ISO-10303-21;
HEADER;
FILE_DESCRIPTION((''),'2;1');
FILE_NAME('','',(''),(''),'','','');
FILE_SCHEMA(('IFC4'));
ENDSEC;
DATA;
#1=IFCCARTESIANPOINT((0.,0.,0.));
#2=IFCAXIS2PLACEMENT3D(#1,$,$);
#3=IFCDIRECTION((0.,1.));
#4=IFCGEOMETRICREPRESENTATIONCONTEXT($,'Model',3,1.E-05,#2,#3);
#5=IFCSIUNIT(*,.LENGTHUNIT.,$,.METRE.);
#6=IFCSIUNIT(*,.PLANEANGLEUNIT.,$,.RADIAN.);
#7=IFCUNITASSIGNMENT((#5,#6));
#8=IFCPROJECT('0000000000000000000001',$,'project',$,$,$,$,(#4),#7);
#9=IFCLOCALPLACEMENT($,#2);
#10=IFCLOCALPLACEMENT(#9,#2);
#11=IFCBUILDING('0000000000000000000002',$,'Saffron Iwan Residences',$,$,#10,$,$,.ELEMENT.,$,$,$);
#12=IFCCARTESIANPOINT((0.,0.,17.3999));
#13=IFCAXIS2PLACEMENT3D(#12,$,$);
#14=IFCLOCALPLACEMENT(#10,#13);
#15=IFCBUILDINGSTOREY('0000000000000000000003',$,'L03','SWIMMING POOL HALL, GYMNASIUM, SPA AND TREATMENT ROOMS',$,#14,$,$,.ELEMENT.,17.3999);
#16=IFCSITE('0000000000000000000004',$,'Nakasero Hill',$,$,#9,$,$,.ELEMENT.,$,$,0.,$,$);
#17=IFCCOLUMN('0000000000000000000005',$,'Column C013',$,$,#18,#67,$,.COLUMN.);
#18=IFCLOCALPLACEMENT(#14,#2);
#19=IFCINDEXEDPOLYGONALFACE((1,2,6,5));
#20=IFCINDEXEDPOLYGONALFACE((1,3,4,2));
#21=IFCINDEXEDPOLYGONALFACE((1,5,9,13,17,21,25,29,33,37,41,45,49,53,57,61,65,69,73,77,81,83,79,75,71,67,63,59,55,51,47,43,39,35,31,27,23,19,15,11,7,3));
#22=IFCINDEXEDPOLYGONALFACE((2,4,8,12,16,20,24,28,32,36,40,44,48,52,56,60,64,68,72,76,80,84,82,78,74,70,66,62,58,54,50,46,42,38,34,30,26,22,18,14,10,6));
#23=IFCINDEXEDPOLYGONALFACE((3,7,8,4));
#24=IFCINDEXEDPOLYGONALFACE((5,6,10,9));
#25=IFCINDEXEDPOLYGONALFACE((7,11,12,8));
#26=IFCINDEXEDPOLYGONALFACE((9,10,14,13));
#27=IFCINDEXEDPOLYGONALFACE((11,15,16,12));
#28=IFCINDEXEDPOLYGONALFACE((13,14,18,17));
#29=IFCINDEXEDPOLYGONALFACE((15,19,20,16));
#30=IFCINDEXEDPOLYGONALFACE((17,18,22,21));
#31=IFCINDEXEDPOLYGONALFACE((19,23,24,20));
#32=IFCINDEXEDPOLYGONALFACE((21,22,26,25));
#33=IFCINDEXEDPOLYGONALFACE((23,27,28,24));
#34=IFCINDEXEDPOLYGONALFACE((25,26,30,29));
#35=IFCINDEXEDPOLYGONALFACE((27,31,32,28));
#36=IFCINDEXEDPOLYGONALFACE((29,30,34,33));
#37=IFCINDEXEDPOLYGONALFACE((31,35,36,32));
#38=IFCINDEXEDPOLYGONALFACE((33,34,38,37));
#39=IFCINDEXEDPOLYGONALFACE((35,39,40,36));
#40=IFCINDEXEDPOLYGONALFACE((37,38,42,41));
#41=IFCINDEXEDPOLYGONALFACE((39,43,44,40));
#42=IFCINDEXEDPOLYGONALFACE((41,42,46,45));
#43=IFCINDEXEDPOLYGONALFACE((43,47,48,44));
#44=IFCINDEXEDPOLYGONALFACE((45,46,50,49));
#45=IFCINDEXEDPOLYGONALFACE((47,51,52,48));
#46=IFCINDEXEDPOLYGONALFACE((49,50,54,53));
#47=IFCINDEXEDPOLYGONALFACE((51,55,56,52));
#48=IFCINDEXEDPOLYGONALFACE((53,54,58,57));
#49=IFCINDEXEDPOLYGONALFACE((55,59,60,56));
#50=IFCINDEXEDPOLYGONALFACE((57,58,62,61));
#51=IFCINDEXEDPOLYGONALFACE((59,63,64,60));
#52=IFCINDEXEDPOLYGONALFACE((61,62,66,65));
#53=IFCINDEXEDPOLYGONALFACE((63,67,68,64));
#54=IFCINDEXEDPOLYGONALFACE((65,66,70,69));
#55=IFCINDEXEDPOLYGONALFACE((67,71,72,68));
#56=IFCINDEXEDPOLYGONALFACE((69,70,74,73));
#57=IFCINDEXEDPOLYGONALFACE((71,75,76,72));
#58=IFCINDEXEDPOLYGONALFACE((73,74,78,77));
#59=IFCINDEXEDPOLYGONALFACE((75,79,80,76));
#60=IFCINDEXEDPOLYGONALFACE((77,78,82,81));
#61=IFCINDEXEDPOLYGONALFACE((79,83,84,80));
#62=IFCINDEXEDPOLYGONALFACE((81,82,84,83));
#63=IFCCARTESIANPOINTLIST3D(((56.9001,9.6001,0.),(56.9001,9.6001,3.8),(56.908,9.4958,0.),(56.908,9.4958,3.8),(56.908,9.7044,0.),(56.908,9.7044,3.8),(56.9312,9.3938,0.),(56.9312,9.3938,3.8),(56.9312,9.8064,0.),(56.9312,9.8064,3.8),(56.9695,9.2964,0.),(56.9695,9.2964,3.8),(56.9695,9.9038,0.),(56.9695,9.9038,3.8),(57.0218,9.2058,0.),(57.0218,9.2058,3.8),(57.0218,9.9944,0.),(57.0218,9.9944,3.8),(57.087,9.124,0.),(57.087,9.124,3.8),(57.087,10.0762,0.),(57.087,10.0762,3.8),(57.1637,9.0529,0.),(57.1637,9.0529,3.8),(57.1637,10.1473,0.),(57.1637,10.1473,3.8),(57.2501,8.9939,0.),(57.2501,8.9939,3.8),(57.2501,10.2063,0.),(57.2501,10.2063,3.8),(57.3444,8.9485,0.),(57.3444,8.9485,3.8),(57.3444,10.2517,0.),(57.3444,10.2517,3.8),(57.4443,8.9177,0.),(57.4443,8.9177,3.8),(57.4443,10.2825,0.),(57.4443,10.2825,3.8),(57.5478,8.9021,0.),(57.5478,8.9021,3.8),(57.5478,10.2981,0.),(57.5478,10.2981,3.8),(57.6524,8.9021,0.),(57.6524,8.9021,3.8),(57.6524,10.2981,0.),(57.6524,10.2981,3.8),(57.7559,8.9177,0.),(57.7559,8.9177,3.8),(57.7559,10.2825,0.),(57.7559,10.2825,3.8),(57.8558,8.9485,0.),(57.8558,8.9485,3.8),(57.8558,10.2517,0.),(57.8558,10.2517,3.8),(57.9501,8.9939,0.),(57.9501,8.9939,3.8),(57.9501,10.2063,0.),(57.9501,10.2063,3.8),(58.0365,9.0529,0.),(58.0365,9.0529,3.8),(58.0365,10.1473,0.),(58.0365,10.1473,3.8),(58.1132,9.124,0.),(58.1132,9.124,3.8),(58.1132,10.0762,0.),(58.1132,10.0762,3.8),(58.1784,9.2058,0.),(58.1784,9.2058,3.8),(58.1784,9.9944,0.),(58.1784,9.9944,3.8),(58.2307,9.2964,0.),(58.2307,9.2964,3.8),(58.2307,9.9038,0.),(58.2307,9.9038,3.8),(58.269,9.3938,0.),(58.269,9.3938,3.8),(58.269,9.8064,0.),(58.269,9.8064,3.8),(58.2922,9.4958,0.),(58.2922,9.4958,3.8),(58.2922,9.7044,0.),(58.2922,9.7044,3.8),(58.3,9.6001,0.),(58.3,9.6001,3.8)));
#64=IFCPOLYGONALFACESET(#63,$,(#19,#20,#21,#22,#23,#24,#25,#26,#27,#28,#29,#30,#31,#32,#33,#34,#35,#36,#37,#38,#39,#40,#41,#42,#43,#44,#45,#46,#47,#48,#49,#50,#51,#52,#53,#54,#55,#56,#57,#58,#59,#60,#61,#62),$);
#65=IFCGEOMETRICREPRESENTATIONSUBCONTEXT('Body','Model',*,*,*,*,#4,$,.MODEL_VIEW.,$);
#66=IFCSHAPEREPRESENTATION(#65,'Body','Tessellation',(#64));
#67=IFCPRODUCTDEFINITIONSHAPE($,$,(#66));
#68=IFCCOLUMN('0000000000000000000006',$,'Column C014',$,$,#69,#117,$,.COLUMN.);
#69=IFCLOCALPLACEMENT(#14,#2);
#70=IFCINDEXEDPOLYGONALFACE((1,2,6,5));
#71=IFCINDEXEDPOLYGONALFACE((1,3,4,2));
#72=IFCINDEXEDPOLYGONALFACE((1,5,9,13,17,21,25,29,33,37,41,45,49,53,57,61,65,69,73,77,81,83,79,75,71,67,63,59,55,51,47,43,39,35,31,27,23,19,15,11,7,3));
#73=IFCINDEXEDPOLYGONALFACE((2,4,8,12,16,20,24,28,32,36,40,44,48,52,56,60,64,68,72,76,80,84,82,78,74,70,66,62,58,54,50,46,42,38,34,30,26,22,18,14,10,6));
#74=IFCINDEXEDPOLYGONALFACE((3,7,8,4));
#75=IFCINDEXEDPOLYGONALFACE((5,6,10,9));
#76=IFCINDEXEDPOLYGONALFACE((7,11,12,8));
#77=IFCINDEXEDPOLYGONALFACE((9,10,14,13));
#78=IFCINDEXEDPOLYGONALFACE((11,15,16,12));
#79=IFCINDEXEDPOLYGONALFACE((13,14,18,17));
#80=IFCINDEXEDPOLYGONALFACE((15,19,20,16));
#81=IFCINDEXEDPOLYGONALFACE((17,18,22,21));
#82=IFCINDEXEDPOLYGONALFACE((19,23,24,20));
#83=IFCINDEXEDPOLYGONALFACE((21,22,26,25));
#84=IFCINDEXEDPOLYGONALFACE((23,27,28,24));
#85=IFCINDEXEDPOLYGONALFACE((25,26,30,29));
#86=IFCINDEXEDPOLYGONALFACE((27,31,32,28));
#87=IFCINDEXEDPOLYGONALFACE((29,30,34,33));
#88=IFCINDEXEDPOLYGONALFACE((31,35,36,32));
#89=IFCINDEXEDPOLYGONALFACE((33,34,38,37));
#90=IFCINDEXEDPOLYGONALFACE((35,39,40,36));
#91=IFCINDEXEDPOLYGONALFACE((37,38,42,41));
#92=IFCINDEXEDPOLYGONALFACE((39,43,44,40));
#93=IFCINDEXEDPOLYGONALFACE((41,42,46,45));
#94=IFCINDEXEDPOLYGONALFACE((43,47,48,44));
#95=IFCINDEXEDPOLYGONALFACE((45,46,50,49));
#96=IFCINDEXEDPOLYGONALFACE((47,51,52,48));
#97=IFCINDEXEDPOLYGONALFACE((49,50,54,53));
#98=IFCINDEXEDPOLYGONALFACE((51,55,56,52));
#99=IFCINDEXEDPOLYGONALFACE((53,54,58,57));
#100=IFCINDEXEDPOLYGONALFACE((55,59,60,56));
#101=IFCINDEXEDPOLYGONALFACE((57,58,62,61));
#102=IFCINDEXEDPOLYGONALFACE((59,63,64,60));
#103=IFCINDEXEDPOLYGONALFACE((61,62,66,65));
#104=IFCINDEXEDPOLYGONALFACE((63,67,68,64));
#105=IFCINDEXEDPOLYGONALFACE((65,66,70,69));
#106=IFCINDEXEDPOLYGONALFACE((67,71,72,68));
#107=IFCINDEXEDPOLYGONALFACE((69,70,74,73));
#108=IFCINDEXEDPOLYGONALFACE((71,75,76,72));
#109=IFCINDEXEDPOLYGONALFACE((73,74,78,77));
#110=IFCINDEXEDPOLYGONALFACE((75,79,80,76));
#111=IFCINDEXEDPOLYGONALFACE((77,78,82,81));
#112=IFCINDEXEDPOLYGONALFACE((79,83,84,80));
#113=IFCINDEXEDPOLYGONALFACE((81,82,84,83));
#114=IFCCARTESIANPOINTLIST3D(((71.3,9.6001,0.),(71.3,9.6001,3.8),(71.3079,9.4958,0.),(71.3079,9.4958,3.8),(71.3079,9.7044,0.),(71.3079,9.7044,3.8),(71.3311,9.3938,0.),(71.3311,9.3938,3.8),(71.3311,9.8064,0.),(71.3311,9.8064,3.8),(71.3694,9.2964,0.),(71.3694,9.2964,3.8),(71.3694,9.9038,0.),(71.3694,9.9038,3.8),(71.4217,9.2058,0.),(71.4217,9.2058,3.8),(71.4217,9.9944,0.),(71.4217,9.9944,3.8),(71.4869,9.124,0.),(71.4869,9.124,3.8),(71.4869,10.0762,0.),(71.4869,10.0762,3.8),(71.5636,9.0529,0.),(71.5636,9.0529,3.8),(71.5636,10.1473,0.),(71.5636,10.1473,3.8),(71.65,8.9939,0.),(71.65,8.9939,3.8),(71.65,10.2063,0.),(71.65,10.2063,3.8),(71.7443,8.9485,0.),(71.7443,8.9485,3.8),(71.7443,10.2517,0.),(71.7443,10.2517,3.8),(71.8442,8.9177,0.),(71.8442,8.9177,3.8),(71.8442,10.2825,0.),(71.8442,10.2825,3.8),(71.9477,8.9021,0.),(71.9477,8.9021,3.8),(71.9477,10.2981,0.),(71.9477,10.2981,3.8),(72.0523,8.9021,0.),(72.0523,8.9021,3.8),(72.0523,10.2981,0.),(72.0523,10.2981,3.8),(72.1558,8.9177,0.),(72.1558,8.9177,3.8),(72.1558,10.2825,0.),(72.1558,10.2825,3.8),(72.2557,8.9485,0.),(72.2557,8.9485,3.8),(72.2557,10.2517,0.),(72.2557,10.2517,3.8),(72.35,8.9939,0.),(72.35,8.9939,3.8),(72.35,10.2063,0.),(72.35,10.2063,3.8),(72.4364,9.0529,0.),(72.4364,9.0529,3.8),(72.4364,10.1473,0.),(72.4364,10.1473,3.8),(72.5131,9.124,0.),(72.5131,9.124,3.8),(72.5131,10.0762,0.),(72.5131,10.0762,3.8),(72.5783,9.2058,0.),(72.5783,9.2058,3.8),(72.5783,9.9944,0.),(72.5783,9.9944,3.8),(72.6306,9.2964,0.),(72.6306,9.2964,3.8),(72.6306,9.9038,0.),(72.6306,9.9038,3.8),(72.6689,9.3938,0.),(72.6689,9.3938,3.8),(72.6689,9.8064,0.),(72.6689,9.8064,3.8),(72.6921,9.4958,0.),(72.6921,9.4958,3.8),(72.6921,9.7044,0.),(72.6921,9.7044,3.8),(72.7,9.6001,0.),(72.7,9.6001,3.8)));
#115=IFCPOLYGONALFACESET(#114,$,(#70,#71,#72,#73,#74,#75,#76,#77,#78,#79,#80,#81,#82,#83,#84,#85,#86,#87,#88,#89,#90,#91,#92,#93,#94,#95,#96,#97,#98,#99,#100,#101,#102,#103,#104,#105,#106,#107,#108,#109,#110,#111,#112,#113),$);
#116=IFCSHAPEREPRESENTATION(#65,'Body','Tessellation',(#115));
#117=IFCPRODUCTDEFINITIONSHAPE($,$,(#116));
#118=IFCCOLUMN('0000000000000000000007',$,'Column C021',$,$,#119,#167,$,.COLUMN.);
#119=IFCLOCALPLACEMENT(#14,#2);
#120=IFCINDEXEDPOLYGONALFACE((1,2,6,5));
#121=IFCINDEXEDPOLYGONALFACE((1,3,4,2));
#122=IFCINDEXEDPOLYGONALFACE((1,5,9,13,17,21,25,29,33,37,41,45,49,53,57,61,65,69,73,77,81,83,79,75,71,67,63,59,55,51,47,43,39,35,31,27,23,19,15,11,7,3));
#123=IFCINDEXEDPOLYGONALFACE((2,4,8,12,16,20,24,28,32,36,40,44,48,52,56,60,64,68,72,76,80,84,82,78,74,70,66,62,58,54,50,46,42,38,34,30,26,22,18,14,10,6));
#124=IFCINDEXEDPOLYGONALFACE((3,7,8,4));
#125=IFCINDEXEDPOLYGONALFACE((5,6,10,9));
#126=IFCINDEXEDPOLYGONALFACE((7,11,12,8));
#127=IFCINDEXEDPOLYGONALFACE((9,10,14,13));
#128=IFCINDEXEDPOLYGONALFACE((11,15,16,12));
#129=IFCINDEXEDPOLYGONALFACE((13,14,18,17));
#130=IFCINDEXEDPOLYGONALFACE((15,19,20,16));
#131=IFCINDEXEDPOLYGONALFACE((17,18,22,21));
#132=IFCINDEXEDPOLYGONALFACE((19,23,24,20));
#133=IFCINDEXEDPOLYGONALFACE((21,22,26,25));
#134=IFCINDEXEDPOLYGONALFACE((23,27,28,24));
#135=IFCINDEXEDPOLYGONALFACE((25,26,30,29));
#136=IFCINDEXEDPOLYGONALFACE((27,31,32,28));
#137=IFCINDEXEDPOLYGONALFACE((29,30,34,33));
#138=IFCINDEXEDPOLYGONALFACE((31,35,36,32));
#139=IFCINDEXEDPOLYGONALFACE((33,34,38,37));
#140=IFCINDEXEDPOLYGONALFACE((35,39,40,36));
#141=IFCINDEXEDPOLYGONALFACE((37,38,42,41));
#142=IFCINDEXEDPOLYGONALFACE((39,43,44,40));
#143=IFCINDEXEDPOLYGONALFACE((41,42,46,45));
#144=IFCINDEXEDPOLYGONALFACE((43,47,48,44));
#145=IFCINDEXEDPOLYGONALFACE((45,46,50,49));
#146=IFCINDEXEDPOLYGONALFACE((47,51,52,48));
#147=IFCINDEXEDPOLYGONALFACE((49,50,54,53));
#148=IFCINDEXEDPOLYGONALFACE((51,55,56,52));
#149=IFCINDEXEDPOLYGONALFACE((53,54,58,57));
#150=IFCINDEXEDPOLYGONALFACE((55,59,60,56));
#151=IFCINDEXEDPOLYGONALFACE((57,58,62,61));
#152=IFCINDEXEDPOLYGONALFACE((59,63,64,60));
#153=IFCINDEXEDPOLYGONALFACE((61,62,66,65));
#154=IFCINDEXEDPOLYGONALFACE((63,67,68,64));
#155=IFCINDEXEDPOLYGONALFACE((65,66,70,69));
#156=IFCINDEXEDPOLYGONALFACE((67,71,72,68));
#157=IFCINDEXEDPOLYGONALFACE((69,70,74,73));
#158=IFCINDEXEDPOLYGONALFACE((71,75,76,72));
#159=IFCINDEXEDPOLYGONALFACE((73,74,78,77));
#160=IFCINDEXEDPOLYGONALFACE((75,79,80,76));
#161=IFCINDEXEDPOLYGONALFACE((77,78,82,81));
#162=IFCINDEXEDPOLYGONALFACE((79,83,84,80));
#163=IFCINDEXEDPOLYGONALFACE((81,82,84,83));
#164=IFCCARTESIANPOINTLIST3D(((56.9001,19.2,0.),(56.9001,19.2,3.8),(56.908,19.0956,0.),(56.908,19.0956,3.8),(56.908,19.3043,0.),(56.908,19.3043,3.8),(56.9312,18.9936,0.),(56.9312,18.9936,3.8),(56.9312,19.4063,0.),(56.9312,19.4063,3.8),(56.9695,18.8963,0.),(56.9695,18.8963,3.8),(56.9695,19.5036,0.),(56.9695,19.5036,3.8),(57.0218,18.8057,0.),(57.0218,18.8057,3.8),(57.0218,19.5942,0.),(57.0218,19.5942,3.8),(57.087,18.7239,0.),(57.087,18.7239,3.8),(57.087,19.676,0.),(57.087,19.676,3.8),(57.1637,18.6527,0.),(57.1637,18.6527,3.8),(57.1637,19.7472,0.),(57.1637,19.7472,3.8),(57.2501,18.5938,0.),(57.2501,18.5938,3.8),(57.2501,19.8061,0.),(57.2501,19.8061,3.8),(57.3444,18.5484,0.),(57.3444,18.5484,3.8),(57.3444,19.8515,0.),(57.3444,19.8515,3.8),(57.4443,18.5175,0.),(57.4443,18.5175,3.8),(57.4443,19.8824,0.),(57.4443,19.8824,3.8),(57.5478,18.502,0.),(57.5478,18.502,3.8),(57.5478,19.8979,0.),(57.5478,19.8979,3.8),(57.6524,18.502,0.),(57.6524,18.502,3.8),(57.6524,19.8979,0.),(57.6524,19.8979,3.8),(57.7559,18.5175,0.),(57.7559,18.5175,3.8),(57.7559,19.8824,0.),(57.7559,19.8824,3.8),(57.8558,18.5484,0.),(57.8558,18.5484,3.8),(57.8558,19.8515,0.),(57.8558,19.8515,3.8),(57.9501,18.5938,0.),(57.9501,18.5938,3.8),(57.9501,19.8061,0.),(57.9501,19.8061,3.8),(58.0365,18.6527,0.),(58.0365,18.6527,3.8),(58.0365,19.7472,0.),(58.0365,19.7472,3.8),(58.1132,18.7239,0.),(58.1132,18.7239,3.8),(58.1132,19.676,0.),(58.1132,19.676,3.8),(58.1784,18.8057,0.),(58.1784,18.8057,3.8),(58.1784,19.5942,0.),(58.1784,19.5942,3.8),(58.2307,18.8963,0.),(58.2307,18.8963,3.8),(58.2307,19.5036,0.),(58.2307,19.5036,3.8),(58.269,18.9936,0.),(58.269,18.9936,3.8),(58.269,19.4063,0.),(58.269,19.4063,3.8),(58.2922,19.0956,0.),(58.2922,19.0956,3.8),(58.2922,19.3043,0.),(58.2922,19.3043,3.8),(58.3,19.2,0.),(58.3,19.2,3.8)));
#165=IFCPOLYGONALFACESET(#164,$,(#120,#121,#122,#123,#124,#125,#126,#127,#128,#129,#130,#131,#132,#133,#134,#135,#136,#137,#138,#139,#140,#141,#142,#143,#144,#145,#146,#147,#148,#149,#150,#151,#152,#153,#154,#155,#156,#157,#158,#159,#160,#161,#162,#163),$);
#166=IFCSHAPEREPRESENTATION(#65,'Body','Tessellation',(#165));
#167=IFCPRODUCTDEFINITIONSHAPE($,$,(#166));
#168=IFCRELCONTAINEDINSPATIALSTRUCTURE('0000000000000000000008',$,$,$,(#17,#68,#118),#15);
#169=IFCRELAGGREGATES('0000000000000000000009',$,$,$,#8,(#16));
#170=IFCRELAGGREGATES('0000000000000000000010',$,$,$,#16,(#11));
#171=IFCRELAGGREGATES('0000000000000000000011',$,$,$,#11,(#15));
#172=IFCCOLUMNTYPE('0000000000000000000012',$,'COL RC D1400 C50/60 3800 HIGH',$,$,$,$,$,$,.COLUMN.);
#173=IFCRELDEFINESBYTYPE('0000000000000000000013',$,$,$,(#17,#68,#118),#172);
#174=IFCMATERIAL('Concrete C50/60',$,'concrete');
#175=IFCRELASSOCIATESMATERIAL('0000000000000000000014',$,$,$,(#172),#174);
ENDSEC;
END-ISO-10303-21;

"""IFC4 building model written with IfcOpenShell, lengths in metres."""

from ifc_helpers import new_model, si_unit, direction, frame, origin, origin_2d, place, context, subcontext, project, spatial, circle, extrude, source, transform, mapped, material, material_profile, profile_set, type_object, element, save


model = new_model("IFC4")

# Units and contexts
model_context = context("Model", 3, precision=1e-05, world=origin(), true_north=direction((0.0, 1.0)))
body_context = subcontext(model_context, "Body", "Model", "MODEL_VIEW")
ifc_project = project(units=[si_unit("LENGTHUNIT", "METRE"), si_unit("PLANEANGLEUNIT", "RADIAN")], contexts=[model_context])

# Site, building, storey
site_placement = place(None, origin())
site = spatial("IfcSite", under=ifc_project, at=site_placement, Name="Nakasero Hill", CompositionType="ELEMENT", RefElevation=0.0)
building_placement = place(site_placement, origin())
building = spatial("IfcBuilding", under=site, at=building_placement, Name="Saffron Iwan Residences", CompositionType="ELEMENT")
storey_placement = place(building_placement, frame((0.0, 0.0, 17.3999)))
storey = spatial("IfcBuildingStorey", under=building, at=storey_placement, Name="L03", Description="SWIMMING POOL HALL, GYMNASIUM, SPA AND TREATMENT ROOMS", CompositionType="ELEMENT", Elevation=17.3999)

# Columns
ifc_material_1 = material(Name="Concrete C50/60", Category="concrete")
ifc_material_profile_1 = material_profile(ifc_material_1, circle(Radius=0.7, at=origin_2d()), Name="RC D1400")
ifc_profile_set_1 = profile_set([ifc_material_profile_1], Name="Concrete C50/60")
column_type = type_object("IfcColumnType", Name="COL RC D1400 C50/60 3800 HIGH", PredefinedType="COLUMN", material=ifc_profile_set_1)
shared_shape_1 = source(origin(), body_context, "Body", "SweptSolid", [
    extrude(circle(Radius=0.7, at=origin_2d()), origin(), (0.0, 0.0, 1.0), 3.8),
])
for number, where, z_axis, x_axis, name in (
    (1, (57.6001, 9.6001, 0.0), (0.0, 0.0, 1.0), (1.0, 0.0, 0.0), "Column C013"),
    (2, (72.0, 9.6001, 0.0), (0.0, 0.0, 1.0), (1.0, 0.0, 0.0), "Column C014"),
    (3, (57.6001, 19.2, 0.0), (0.0, 0.0, 1.0), (1.0, 0.0, 0.0), "Column C021"),
):
    element("IfcColumn", number, at=place(storey_placement, frame(where, z_axis=z_axis, x_axis=x_axis)), inside=storey, type_object=column_type, Name=name, PredefinedType="COLUMN", context=body_context, shape_type="MappedRepresentation", body=[
        mapped(shared_shape_1, transform((0.0, 0.0, 0.0))),
    ])

save(model, "model.ifc")
